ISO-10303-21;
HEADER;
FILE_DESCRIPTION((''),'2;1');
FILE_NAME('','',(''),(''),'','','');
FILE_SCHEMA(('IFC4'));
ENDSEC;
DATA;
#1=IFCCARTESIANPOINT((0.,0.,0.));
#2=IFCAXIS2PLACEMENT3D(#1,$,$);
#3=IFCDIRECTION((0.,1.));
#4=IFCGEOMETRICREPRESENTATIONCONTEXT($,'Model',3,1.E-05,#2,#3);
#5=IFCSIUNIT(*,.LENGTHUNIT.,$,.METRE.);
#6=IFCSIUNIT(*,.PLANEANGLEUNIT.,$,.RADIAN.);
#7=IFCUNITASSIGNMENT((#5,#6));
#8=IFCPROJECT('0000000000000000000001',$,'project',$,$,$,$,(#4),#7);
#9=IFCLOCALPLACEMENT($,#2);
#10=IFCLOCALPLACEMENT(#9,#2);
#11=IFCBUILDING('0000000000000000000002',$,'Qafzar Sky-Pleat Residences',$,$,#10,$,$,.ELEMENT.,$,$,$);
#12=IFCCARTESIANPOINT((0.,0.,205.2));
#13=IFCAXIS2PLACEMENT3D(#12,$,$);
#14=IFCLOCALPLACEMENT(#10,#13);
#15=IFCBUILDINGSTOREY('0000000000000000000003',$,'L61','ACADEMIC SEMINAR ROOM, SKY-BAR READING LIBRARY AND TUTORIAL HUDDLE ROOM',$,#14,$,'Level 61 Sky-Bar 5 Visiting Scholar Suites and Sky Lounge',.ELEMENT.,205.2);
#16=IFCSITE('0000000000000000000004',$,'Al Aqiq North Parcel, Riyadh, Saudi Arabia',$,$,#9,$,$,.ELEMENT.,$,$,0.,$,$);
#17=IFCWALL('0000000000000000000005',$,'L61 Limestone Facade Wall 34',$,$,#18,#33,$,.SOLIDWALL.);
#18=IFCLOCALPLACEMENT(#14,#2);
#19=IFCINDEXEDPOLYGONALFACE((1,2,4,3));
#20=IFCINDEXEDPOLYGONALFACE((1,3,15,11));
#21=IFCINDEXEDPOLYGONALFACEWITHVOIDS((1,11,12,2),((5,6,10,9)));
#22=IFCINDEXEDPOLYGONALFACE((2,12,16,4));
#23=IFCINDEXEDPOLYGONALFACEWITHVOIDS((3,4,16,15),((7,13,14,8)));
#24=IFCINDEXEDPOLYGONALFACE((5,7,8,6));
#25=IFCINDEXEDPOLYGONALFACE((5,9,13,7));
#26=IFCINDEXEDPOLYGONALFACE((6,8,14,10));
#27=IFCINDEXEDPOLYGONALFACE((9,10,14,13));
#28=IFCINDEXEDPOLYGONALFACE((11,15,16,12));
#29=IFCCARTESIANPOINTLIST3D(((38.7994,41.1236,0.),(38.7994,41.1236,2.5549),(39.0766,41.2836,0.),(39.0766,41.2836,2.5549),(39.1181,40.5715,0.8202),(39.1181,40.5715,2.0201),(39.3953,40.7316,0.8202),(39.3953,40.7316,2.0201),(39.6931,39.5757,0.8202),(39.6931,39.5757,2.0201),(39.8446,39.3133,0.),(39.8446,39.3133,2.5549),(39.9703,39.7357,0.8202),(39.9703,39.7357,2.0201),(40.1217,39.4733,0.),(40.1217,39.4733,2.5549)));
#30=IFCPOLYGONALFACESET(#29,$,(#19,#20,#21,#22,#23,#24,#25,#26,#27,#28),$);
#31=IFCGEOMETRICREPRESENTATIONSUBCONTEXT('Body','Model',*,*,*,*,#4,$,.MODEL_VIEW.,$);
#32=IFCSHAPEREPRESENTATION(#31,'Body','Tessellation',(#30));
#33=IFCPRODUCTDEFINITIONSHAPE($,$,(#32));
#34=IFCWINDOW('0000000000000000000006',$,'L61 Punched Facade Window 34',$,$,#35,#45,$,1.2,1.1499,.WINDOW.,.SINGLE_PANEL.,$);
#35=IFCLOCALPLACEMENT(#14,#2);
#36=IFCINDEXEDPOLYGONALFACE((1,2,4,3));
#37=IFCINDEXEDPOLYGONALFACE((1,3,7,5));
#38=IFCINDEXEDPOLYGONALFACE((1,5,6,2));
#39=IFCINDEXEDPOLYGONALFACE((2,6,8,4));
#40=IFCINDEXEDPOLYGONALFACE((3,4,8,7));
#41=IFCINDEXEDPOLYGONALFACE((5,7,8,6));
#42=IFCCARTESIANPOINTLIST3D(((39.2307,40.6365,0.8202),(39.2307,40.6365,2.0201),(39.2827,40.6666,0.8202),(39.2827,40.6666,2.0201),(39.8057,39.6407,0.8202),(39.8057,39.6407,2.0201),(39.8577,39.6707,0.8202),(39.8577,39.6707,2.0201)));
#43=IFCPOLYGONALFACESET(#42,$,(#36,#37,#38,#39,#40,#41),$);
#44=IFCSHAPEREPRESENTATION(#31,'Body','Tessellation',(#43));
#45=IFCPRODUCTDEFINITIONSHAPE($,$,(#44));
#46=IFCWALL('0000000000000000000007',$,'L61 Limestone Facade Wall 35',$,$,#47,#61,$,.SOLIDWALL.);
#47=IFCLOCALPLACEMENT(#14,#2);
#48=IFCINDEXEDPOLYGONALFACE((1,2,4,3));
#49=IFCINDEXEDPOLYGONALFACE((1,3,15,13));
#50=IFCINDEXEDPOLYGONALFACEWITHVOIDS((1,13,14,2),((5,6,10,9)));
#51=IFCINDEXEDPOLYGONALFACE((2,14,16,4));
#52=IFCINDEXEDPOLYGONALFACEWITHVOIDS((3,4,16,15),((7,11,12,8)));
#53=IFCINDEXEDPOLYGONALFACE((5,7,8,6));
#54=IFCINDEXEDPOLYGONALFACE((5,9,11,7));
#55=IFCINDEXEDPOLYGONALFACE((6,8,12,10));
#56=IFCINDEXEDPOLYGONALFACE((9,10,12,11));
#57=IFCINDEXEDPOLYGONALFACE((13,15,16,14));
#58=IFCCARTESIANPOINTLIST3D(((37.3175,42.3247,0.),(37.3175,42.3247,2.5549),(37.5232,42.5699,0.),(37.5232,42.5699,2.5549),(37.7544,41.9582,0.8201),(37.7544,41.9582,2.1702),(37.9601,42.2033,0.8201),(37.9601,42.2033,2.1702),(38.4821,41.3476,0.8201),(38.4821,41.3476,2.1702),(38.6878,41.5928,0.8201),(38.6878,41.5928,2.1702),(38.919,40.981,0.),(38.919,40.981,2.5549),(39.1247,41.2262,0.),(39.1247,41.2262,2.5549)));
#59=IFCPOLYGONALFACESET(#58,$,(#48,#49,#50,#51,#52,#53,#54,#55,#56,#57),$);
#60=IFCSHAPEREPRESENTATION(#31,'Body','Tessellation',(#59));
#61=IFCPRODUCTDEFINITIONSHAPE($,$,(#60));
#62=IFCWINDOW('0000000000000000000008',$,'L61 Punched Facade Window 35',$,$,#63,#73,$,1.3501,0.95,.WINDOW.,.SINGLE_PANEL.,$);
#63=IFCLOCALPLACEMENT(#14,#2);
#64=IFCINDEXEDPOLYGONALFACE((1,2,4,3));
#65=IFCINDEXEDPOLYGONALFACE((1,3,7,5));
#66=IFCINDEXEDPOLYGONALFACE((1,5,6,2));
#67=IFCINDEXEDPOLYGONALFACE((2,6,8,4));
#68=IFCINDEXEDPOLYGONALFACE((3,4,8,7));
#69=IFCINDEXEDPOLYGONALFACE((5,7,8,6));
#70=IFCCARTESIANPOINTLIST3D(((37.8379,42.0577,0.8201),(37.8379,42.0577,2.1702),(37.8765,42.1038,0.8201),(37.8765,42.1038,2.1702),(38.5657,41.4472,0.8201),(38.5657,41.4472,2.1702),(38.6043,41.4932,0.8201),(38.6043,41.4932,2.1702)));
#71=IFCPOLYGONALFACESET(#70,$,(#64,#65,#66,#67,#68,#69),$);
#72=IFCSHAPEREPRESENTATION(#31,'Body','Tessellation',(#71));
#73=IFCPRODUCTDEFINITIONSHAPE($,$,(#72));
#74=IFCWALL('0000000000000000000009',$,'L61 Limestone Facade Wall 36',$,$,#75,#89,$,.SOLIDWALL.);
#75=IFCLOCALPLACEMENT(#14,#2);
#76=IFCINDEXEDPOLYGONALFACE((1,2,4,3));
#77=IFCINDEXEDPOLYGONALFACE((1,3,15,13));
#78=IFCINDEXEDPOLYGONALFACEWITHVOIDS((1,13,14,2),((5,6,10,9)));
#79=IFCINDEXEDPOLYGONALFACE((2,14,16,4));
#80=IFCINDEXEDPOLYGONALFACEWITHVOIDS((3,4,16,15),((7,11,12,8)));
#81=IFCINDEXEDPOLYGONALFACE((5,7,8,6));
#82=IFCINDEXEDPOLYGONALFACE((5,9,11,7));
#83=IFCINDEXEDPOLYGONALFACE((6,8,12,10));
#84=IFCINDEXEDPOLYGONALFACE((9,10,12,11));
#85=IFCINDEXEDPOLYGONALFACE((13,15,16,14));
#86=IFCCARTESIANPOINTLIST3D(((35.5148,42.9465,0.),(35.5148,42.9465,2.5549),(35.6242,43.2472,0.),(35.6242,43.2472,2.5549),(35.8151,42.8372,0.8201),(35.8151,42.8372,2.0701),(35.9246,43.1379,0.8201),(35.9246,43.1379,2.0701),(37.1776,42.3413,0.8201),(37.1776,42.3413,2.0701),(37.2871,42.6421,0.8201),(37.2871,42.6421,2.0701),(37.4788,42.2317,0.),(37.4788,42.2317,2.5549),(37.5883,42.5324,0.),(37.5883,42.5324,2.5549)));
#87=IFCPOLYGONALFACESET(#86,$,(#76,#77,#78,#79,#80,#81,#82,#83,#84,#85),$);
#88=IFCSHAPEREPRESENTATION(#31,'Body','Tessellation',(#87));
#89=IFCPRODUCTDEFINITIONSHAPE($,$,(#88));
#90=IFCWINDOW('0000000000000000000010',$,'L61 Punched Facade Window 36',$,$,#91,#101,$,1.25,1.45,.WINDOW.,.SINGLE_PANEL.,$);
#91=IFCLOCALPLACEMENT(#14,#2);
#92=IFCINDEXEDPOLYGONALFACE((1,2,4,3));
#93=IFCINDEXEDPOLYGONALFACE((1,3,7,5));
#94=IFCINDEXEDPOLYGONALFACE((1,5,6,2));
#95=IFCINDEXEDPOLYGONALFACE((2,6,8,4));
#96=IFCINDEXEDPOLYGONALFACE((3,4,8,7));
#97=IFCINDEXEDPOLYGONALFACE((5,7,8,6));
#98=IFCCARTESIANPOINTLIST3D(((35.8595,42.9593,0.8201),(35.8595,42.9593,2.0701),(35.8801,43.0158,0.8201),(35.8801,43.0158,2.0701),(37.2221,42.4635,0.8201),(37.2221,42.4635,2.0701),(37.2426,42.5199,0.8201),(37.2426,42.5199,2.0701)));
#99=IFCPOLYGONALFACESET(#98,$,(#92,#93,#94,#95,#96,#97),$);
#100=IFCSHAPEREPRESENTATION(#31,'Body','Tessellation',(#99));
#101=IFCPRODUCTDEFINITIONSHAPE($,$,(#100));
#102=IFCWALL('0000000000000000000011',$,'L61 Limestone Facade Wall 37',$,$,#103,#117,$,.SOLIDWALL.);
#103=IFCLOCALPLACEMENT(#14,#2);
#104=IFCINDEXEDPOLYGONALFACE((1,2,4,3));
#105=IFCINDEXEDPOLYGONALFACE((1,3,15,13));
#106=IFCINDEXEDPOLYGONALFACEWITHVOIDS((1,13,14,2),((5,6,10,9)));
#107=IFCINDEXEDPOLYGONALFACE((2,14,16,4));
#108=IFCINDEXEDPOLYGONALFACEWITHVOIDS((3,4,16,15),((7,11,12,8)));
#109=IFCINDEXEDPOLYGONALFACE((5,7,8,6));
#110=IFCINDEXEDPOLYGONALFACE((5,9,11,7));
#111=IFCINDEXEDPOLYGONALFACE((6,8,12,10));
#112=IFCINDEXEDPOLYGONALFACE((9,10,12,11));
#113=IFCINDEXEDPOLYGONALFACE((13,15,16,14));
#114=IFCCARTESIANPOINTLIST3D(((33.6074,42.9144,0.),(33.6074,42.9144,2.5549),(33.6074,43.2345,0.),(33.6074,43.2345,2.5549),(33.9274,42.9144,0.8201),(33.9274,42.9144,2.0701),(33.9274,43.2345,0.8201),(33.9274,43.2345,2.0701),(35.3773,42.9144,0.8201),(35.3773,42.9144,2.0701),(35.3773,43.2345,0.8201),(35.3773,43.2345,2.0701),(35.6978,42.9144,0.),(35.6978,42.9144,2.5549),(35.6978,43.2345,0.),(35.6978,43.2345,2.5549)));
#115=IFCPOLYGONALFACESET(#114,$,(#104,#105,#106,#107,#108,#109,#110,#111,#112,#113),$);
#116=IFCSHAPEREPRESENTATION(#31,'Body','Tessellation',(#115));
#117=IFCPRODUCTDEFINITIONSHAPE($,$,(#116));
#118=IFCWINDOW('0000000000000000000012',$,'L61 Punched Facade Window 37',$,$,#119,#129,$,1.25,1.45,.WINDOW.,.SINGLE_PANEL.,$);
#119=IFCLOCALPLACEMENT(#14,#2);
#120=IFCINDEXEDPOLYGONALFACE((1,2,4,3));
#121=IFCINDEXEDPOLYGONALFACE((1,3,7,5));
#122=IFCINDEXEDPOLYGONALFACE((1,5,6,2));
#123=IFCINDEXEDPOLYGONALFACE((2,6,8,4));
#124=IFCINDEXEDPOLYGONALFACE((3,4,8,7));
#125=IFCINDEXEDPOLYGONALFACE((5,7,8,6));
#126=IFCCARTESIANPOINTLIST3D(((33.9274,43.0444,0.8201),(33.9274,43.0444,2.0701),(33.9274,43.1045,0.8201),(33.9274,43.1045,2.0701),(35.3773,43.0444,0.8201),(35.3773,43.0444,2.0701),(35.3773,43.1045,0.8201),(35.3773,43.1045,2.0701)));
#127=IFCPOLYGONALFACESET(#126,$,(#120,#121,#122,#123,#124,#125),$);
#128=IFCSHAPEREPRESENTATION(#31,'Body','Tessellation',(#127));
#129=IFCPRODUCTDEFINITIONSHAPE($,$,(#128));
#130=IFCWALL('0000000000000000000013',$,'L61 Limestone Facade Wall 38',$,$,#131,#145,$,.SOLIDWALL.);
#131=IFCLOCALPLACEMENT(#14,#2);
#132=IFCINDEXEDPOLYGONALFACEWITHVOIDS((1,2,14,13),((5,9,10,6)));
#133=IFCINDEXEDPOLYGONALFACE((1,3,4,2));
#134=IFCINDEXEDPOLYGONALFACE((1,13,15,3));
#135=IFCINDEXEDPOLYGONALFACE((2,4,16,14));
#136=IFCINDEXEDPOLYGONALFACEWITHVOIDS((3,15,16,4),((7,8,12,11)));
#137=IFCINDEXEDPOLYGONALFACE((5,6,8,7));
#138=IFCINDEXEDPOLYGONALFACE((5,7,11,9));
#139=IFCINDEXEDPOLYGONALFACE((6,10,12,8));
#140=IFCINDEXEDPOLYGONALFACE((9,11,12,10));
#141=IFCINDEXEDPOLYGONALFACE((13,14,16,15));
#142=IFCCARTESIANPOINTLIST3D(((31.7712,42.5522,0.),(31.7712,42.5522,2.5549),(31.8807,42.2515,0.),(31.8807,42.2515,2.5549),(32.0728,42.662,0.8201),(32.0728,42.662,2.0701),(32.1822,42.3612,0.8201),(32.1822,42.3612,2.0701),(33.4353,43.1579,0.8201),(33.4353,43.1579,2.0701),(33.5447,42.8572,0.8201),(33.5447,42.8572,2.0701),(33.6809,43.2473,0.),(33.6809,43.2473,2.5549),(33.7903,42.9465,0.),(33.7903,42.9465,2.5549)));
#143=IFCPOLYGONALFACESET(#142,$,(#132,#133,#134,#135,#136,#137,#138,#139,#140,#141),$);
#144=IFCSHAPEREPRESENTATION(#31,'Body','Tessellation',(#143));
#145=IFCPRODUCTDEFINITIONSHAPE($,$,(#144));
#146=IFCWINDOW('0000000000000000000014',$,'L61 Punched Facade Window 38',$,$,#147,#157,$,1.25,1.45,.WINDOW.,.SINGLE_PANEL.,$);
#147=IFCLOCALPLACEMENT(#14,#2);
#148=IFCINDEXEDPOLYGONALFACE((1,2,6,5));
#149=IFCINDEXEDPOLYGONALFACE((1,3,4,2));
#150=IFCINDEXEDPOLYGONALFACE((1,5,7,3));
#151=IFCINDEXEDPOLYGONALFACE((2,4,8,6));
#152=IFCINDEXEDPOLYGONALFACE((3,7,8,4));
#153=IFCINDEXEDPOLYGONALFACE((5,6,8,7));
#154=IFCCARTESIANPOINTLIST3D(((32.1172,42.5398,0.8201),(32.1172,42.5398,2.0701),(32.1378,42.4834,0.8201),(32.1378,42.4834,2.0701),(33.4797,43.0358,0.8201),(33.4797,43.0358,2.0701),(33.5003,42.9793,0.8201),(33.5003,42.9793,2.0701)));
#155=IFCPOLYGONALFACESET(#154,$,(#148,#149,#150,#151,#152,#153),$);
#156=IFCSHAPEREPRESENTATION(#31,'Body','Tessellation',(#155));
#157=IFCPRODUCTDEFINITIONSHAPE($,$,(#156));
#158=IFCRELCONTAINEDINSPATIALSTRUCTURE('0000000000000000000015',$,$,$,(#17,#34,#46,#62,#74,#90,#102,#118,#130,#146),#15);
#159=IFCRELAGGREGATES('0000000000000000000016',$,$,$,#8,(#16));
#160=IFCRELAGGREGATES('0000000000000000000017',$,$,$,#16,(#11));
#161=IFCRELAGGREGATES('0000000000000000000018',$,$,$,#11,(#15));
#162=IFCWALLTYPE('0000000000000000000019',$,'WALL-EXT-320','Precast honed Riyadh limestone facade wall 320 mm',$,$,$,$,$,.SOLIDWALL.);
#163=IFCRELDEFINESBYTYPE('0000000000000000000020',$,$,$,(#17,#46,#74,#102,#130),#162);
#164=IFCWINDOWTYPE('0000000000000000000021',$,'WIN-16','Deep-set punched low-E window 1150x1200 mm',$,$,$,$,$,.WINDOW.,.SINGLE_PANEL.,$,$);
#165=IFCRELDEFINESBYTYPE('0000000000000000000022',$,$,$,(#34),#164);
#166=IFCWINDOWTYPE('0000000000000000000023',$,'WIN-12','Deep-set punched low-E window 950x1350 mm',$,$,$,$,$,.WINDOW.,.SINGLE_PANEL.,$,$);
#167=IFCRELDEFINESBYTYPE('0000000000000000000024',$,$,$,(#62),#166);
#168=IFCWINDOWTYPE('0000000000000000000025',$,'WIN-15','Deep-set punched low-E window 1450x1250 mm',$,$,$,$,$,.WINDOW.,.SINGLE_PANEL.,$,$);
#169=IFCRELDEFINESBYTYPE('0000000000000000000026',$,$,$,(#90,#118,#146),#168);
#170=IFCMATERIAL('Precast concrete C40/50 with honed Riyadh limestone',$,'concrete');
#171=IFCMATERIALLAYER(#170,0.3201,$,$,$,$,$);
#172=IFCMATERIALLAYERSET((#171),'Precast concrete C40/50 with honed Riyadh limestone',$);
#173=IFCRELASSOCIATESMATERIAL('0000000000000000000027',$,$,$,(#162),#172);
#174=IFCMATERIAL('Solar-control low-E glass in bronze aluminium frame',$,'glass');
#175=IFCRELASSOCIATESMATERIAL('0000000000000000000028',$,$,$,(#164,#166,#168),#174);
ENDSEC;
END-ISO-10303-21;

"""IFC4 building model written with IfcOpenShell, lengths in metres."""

from ifc_helpers import new_model, si_unit, direction, frame, frame_2d, origin, place, context, subcontext, project, spatial, rectangle, extrude, source, transform, mapped, material, layer, layer_set, type_object, element, fill, save


model = new_model("IFC4")

# Units and contexts
model_context = context("Model", 3, precision=1e-05, world=origin(), true_north=direction((0.0, 1.0)))
body_context = subcontext(model_context, "Body", "Model", "MODEL_VIEW")
ifc_project = project(units=[si_unit("LENGTHUNIT", "METRE"), si_unit("PLANEANGLEUNIT", "RADIAN")], contexts=[model_context])

# Site, building, storey
site_placement = place(None, origin())
site = spatial("IfcSite", under=ifc_project, at=site_placement, Name="Al Aqiq North Parcel, Riyadh, Saudi Arabia", CompositionType="ELEMENT", RefElevation=0.0)
building_placement = place(site_placement, origin())
building = spatial("IfcBuilding", under=site, at=building_placement, Name="Qafzar Sky-Pleat Residences", CompositionType="ELEMENT")
storey_placement = place(building_placement, frame((0.0, 0.0, 205.2)))
storey = spatial("IfcBuildingStorey", under=building, at=storey_placement, Name="L61", Description="ACADEMIC SEMINAR ROOM, SKY-BAR READING LIBRARY AND TUTORIAL HUDDLE ROOM", LongName="Level 61 Sky-Bar 5 Visiting Scholar Suites and Sky Lounge", CompositionType="ELEMENT", Elevation=205.2)

# Shared definitions
ifc_material_1 = material(Name="Precast concrete C40/50 with honed Riyadh limestone", Category="concrete")

# Walls, openings, windows
ifc_layer_1 = layer(ifc_material_1, 0.3201)
ifc_layer_set_1 = layer_set([ifc_layer_1], Name="Precast concrete C40/50 with honed Riyadh limestone")
wall_type_1 = type_object("IfcWallType", Name="WALL-EXT-320", Description="Precast honed Riyadh limestone facade wall 320 mm", PredefinedType="SOLIDWALL", material=ifc_layer_set_1)
wall_1_placement = place(storey_placement, frame((39.9832, 39.3933, 0.0), z_axis=(0.0, 0.0, 1.0), x_axis=(-0.499995, 0.866028, 0.0)))
wall_1 = element("IfcWall", 1, at=wall_1_placement, inside=storey, type_object=wall_type_1, Name="L61 Limestone Facade Wall 34", PredefinedType="SOLIDWALL", context=body_context, shape_type="SweptSolid", body=[
    extrude(rectangle(XDim=2.0903, YDim=0.3201, at=frame_2d((1.0452, 0.0))), origin(), (0.0, 0.0, 1.0), 2.5549),
])
opening_1_placement = place(wall_1_placement, frame((0.303, 0.0, 0.8201)))
opening_1 = element("IfcOpeningElement", 2, at=opening_1_placement, cuts=wall_1, PredefinedType="OPENING", context=body_context, shape_type="SweptSolid", body=[
    extrude(rectangle(XDim=1.1499, YDim=1.2, at=frame_2d((0.575, 0.6001))), frame((0.0, 0.1699, 0.0), z_axis=(0.0, -1.0, 0.0), x_axis=(1.0, 0.0, 0.0)), (0.0, 0.0, 1.0), 0.3401),
])
ifc_material_2 = material(Name="Solar-control low-E glass in bronze aluminium frame", Category="glass")
window_type_1 = type_object("IfcWindowType", Name="WIN-16", Description="Deep-set punched low-E window 1150x1200 mm", PartitioningType="SINGLE_PANEL", PredefinedType="WINDOW", material=ifc_material_2)
shared_shape_1 = source(origin(), body_context, "Body", "SweptSolid", [
    extrude(rectangle(XDim=1.1499, YDim=1.2, at=frame_2d((0.575, 0.6001))), frame((0.0, 0.03, 0.0), z_axis=(0.0, -1.0, 0.0), x_axis=(1.0, 0.0, 0.0)), (0.0, 0.0, 1.0), 0.0601),
])
window_1_placement = place(opening_1_placement, origin())
window_1 = element("IfcWindow", 3, at=window_1_placement, inside=storey, type_object=window_type_1, Name="L61 Punched Facade Window 34", OverallHeight=1.2, OverallWidth=1.1499, PartitioningType="SINGLE_PANEL", PredefinedType="WINDOW", context=body_context, shape_type="MappedRepresentation", body=[
    mapped(shared_shape_1, transform((0.0, 0.0, 0.0), x_axis=(1.0, 0.0, 0.0), y_axis=(0.0, 1.0, 0.0), z_axis=(0.0, 0.0, 1.0), scale=1.0)),
])
fill(opening_1, window_1)
wall_2_placement = place(storey_placement, frame((39.022, 41.1035, 0.0), z_axis=(0.0, 0.0, 1.0), x_axis=(-0.766073, 0.642754, 0.0)))
wall_2 = element("IfcWall", 4, at=wall_2_placement, inside=storey, type_object=wall_type_1, Name="L61 Limestone Facade Wall 35", PredefinedType="SOLIDWALL", context=body_context, shape_type="SweptSolid", body=[
    extrude(rectangle(XDim=2.0906, YDim=0.3201, at=frame_2d((1.0454, 0.0))), origin(), (0.0, 0.0, 1.0), 2.5549),
])
opening_2_placement = place(wall_2_placement, frame((0.5703, 0.0, 0.8201)))
opening_2 = element("IfcOpeningElement", 5, at=opening_2_placement, cuts=wall_2, PredefinedType="OPENING", context=body_context, shape_type="SweptSolid", body=[
    extrude(rectangle(XDim=0.95, YDim=1.3501, at=frame_2d((0.4751, 0.675))), frame((0.0, 0.1699, 0.0), z_axis=(0.0, -1.0, 0.0), x_axis=(1.0, 0.0, 0.0)), (0.0, 0.0, 1.0), 0.3401),
])
window_type_2 = type_object("IfcWindowType", Name="WIN-12", Description="Deep-set punched low-E window 950x1350 mm", PartitioningType="SINGLE_PANEL", PredefinedType="WINDOW", material=ifc_material_2)
shared_shape_2 = source(origin(), body_context, "Body", "SweptSolid", [
    extrude(rectangle(XDim=0.95, YDim=1.3501, at=frame_2d((0.4751, 0.675))), frame((0.0, 0.03, 0.0), z_axis=(0.0, -1.0, 0.0), x_axis=(1.0, 0.0, 0.0)), (0.0, 0.0, 1.0), 0.0601),
])
window_2_placement = place(opening_2_placement, origin())
window_2 = element("IfcWindow", 6, at=window_2_placement, inside=storey, type_object=window_type_2, Name="L61 Punched Facade Window 35", OverallHeight=1.3501, OverallWidth=0.95, PartitioningType="SINGLE_PANEL", PredefinedType="WINDOW", context=body_context, shape_type="MappedRepresentation", body=[
    mapped(shared_shape_2, transform((0.0, 0.0, 0.0), x_axis=(1.0, 0.0, 0.0), y_axis=(0.0, 1.0, 0.0), z_axis=(0.0, 0.0, 1.0), scale=1.0)),
])
fill(opening_2, window_2)
wall_3_placement = place(storey_placement, frame((37.5334, 42.3821, 0.0), z_axis=(0.0, 0.0, 1.0), x_axis=(-0.939698, 0.342006, 0.0)))
wall_3 = element("IfcWall", 7, at=wall_3_placement, inside=storey, type_object=wall_type_1, Name="L61 Limestone Facade Wall 36", PredefinedType="SOLIDWALL", context=body_context, shape_type="SweptSolid", body=[
    extrude(rectangle(XDim=2.0901, YDim=0.3201, at=frame_2d((1.0449, 0.0))), origin(), (0.0, 0.0, 1.0), 2.5549),
])
opening_3_placement = place(wall_3_placement, frame((0.3203, 0.0, 0.8201)))
opening_3 = element("IfcOpeningElement", 8, at=opening_3_placement, cuts=wall_3, PredefinedType="OPENING", context=body_context, shape_type="SweptSolid", body=[
    extrude(rectangle(XDim=1.45, YDim=1.25, at=frame_2d((0.7251, 0.625))), frame((0.0, 0.1699, 0.0), z_axis=(0.0, -1.0, 0.0), x_axis=(1.0, 0.0, 0.0)), (0.0, 0.0, 1.0), 0.3401),
])
window_type_3 = type_object("IfcWindowType", Name="WIN-15", Description="Deep-set punched low-E window 1450x1250 mm", PartitioningType="SINGLE_PANEL", PredefinedType="WINDOW", material=ifc_material_2)
shared_shape_3 = source(origin(), body_context, "Body", "SweptSolid", [
    extrude(rectangle(XDim=1.45, YDim=1.25, at=frame_2d((0.7251, 0.625))), frame((0.0, 0.03, 0.0), z_axis=(0.0, -1.0, 0.0), x_axis=(1.0, 0.0, 0.0)), (0.0, 0.0, 1.0), 0.0601),
])
window_3_placement = place(opening_3_placement, origin())
window_3 = element("IfcWindow", 9, at=window_3_placement, inside=storey, type_object=window_type_3, Name="L61 Punched Facade Window 36", OverallHeight=1.25, OverallWidth=1.45, PartitioningType="SINGLE_PANEL", PredefinedType="WINDOW", context=body_context, shape_type="MappedRepresentation", body=[
    mapped(shared_shape_3, transform((0.0, 0.0, 0.0), x_axis=(1.0, 0.0, 0.0), y_axis=(0.0, 1.0, 0.0), z_axis=(0.0, 0.0, 1.0), scale=1.0)),
])
fill(opening_3, window_3)
wall_4_placement = place(storey_placement, frame((35.6978, 43.0745, 0.0), z_axis=(0.0, 0.0, 1.0), x_axis=(-1.0, 0.0, 0.0)))
wall_4 = element("IfcWall", 10, at=wall_4_placement, inside=storey, type_object=wall_type_1, Name="L61 Limestone Facade Wall 37", PredefinedType="SOLIDWALL", context=body_context, shape_type="SweptSolid", body=[
    extrude(rectangle(XDim=2.0903, YDim=0.3201, at=frame_2d((1.0452, 0.0))), origin(), (0.0, 0.0, 1.0), 2.5549),
])
opening_4_placement = place(wall_4_placement, frame((0.3203, 0.0, 0.8201)))
opening_4 = element("IfcOpeningElement", 11, at=opening_4_placement, cuts=wall_4, PredefinedType="OPENING", context=body_context, shape_type="SweptSolid", body=[
    extrude(rectangle(XDim=1.45, YDim=1.25, at=frame_2d((0.7251, 0.625))), frame((0.0, 0.1699, 0.0), z_axis=(0.0, -1.0, 0.0), x_axis=(1.0, 0.0, 0.0)), (0.0, 0.0, 1.0), 0.3401),
])
window_4_placement = place(opening_4_placement, origin())
window_4 = element("IfcWindow", 12, at=window_4_placement, inside=storey, type_object=window_type_3, Name="L61 Punched Facade Window 37", OverallHeight=1.25, OverallWidth=1.45, PartitioningType="SINGLE_PANEL", PredefinedType="WINDOW", context=body_context, shape_type="MappedRepresentation", body=[
    mapped(shared_shape_3, transform((0.0, 0.0, 0.0), x_axis=(1.0, 0.0, 0.0), y_axis=(0.0, 1.0, 0.0), z_axis=(0.0, 0.0, 1.0), scale=1.0)),
])
fill(opening_4, window_4)
wall_5_placement = place(storey_placement, frame((33.7356, 43.0969, 0.0), z_axis=(0.0, 0.0, 1.0), x_axis=(-0.939692, -0.342023, 0.0)))
wall_5 = element("IfcWall", 13, at=wall_5_placement, inside=storey, type_object=wall_type_1, Name="L61 Limestone Facade Wall 38", PredefinedType="SOLIDWALL", context=body_context, shape_type="SweptSolid", body=[
    extrude(rectangle(XDim=2.0322, YDim=0.3201, at=frame_2d((1.0161, 0.0))), origin(), (0.0, 0.0, 1.0), 2.5549),
])
opening_5_placement = place(wall_5_placement, frame((0.2612, 0.0, 0.8201)))
opening_5 = element("IfcOpeningElement", 14, at=opening_5_placement, cuts=wall_5, PredefinedType="OPENING", context=body_context, shape_type="SweptSolid", body=[
    extrude(rectangle(XDim=1.45, YDim=1.25, at=frame_2d((0.7251, 0.625))), frame((0.0, 0.1699, 0.0), z_axis=(0.0, -1.0, 0.0), x_axis=(1.0, 0.0, 0.0)), (0.0, 0.0, 1.0), 0.3401),
])
window_5_placement = place(opening_5_placement, origin())
window_5 = element("IfcWindow", 15, at=window_5_placement, inside=storey, type_object=window_type_3, Name="L61 Punched Facade Window 38", OverallHeight=1.25, OverallWidth=1.45, PartitioningType="SINGLE_PANEL", PredefinedType="WINDOW", context=body_context, shape_type="MappedRepresentation", body=[
    mapped(shared_shape_3, transform((0.0, 0.0, 0.0), x_axis=(1.0, 0.0, 0.0), y_axis=(0.0, 1.0, 0.0), z_axis=(0.0, 0.0, 1.0), scale=1.0)),
])
fill(opening_5, window_5)

save(model, "model.ifc")
